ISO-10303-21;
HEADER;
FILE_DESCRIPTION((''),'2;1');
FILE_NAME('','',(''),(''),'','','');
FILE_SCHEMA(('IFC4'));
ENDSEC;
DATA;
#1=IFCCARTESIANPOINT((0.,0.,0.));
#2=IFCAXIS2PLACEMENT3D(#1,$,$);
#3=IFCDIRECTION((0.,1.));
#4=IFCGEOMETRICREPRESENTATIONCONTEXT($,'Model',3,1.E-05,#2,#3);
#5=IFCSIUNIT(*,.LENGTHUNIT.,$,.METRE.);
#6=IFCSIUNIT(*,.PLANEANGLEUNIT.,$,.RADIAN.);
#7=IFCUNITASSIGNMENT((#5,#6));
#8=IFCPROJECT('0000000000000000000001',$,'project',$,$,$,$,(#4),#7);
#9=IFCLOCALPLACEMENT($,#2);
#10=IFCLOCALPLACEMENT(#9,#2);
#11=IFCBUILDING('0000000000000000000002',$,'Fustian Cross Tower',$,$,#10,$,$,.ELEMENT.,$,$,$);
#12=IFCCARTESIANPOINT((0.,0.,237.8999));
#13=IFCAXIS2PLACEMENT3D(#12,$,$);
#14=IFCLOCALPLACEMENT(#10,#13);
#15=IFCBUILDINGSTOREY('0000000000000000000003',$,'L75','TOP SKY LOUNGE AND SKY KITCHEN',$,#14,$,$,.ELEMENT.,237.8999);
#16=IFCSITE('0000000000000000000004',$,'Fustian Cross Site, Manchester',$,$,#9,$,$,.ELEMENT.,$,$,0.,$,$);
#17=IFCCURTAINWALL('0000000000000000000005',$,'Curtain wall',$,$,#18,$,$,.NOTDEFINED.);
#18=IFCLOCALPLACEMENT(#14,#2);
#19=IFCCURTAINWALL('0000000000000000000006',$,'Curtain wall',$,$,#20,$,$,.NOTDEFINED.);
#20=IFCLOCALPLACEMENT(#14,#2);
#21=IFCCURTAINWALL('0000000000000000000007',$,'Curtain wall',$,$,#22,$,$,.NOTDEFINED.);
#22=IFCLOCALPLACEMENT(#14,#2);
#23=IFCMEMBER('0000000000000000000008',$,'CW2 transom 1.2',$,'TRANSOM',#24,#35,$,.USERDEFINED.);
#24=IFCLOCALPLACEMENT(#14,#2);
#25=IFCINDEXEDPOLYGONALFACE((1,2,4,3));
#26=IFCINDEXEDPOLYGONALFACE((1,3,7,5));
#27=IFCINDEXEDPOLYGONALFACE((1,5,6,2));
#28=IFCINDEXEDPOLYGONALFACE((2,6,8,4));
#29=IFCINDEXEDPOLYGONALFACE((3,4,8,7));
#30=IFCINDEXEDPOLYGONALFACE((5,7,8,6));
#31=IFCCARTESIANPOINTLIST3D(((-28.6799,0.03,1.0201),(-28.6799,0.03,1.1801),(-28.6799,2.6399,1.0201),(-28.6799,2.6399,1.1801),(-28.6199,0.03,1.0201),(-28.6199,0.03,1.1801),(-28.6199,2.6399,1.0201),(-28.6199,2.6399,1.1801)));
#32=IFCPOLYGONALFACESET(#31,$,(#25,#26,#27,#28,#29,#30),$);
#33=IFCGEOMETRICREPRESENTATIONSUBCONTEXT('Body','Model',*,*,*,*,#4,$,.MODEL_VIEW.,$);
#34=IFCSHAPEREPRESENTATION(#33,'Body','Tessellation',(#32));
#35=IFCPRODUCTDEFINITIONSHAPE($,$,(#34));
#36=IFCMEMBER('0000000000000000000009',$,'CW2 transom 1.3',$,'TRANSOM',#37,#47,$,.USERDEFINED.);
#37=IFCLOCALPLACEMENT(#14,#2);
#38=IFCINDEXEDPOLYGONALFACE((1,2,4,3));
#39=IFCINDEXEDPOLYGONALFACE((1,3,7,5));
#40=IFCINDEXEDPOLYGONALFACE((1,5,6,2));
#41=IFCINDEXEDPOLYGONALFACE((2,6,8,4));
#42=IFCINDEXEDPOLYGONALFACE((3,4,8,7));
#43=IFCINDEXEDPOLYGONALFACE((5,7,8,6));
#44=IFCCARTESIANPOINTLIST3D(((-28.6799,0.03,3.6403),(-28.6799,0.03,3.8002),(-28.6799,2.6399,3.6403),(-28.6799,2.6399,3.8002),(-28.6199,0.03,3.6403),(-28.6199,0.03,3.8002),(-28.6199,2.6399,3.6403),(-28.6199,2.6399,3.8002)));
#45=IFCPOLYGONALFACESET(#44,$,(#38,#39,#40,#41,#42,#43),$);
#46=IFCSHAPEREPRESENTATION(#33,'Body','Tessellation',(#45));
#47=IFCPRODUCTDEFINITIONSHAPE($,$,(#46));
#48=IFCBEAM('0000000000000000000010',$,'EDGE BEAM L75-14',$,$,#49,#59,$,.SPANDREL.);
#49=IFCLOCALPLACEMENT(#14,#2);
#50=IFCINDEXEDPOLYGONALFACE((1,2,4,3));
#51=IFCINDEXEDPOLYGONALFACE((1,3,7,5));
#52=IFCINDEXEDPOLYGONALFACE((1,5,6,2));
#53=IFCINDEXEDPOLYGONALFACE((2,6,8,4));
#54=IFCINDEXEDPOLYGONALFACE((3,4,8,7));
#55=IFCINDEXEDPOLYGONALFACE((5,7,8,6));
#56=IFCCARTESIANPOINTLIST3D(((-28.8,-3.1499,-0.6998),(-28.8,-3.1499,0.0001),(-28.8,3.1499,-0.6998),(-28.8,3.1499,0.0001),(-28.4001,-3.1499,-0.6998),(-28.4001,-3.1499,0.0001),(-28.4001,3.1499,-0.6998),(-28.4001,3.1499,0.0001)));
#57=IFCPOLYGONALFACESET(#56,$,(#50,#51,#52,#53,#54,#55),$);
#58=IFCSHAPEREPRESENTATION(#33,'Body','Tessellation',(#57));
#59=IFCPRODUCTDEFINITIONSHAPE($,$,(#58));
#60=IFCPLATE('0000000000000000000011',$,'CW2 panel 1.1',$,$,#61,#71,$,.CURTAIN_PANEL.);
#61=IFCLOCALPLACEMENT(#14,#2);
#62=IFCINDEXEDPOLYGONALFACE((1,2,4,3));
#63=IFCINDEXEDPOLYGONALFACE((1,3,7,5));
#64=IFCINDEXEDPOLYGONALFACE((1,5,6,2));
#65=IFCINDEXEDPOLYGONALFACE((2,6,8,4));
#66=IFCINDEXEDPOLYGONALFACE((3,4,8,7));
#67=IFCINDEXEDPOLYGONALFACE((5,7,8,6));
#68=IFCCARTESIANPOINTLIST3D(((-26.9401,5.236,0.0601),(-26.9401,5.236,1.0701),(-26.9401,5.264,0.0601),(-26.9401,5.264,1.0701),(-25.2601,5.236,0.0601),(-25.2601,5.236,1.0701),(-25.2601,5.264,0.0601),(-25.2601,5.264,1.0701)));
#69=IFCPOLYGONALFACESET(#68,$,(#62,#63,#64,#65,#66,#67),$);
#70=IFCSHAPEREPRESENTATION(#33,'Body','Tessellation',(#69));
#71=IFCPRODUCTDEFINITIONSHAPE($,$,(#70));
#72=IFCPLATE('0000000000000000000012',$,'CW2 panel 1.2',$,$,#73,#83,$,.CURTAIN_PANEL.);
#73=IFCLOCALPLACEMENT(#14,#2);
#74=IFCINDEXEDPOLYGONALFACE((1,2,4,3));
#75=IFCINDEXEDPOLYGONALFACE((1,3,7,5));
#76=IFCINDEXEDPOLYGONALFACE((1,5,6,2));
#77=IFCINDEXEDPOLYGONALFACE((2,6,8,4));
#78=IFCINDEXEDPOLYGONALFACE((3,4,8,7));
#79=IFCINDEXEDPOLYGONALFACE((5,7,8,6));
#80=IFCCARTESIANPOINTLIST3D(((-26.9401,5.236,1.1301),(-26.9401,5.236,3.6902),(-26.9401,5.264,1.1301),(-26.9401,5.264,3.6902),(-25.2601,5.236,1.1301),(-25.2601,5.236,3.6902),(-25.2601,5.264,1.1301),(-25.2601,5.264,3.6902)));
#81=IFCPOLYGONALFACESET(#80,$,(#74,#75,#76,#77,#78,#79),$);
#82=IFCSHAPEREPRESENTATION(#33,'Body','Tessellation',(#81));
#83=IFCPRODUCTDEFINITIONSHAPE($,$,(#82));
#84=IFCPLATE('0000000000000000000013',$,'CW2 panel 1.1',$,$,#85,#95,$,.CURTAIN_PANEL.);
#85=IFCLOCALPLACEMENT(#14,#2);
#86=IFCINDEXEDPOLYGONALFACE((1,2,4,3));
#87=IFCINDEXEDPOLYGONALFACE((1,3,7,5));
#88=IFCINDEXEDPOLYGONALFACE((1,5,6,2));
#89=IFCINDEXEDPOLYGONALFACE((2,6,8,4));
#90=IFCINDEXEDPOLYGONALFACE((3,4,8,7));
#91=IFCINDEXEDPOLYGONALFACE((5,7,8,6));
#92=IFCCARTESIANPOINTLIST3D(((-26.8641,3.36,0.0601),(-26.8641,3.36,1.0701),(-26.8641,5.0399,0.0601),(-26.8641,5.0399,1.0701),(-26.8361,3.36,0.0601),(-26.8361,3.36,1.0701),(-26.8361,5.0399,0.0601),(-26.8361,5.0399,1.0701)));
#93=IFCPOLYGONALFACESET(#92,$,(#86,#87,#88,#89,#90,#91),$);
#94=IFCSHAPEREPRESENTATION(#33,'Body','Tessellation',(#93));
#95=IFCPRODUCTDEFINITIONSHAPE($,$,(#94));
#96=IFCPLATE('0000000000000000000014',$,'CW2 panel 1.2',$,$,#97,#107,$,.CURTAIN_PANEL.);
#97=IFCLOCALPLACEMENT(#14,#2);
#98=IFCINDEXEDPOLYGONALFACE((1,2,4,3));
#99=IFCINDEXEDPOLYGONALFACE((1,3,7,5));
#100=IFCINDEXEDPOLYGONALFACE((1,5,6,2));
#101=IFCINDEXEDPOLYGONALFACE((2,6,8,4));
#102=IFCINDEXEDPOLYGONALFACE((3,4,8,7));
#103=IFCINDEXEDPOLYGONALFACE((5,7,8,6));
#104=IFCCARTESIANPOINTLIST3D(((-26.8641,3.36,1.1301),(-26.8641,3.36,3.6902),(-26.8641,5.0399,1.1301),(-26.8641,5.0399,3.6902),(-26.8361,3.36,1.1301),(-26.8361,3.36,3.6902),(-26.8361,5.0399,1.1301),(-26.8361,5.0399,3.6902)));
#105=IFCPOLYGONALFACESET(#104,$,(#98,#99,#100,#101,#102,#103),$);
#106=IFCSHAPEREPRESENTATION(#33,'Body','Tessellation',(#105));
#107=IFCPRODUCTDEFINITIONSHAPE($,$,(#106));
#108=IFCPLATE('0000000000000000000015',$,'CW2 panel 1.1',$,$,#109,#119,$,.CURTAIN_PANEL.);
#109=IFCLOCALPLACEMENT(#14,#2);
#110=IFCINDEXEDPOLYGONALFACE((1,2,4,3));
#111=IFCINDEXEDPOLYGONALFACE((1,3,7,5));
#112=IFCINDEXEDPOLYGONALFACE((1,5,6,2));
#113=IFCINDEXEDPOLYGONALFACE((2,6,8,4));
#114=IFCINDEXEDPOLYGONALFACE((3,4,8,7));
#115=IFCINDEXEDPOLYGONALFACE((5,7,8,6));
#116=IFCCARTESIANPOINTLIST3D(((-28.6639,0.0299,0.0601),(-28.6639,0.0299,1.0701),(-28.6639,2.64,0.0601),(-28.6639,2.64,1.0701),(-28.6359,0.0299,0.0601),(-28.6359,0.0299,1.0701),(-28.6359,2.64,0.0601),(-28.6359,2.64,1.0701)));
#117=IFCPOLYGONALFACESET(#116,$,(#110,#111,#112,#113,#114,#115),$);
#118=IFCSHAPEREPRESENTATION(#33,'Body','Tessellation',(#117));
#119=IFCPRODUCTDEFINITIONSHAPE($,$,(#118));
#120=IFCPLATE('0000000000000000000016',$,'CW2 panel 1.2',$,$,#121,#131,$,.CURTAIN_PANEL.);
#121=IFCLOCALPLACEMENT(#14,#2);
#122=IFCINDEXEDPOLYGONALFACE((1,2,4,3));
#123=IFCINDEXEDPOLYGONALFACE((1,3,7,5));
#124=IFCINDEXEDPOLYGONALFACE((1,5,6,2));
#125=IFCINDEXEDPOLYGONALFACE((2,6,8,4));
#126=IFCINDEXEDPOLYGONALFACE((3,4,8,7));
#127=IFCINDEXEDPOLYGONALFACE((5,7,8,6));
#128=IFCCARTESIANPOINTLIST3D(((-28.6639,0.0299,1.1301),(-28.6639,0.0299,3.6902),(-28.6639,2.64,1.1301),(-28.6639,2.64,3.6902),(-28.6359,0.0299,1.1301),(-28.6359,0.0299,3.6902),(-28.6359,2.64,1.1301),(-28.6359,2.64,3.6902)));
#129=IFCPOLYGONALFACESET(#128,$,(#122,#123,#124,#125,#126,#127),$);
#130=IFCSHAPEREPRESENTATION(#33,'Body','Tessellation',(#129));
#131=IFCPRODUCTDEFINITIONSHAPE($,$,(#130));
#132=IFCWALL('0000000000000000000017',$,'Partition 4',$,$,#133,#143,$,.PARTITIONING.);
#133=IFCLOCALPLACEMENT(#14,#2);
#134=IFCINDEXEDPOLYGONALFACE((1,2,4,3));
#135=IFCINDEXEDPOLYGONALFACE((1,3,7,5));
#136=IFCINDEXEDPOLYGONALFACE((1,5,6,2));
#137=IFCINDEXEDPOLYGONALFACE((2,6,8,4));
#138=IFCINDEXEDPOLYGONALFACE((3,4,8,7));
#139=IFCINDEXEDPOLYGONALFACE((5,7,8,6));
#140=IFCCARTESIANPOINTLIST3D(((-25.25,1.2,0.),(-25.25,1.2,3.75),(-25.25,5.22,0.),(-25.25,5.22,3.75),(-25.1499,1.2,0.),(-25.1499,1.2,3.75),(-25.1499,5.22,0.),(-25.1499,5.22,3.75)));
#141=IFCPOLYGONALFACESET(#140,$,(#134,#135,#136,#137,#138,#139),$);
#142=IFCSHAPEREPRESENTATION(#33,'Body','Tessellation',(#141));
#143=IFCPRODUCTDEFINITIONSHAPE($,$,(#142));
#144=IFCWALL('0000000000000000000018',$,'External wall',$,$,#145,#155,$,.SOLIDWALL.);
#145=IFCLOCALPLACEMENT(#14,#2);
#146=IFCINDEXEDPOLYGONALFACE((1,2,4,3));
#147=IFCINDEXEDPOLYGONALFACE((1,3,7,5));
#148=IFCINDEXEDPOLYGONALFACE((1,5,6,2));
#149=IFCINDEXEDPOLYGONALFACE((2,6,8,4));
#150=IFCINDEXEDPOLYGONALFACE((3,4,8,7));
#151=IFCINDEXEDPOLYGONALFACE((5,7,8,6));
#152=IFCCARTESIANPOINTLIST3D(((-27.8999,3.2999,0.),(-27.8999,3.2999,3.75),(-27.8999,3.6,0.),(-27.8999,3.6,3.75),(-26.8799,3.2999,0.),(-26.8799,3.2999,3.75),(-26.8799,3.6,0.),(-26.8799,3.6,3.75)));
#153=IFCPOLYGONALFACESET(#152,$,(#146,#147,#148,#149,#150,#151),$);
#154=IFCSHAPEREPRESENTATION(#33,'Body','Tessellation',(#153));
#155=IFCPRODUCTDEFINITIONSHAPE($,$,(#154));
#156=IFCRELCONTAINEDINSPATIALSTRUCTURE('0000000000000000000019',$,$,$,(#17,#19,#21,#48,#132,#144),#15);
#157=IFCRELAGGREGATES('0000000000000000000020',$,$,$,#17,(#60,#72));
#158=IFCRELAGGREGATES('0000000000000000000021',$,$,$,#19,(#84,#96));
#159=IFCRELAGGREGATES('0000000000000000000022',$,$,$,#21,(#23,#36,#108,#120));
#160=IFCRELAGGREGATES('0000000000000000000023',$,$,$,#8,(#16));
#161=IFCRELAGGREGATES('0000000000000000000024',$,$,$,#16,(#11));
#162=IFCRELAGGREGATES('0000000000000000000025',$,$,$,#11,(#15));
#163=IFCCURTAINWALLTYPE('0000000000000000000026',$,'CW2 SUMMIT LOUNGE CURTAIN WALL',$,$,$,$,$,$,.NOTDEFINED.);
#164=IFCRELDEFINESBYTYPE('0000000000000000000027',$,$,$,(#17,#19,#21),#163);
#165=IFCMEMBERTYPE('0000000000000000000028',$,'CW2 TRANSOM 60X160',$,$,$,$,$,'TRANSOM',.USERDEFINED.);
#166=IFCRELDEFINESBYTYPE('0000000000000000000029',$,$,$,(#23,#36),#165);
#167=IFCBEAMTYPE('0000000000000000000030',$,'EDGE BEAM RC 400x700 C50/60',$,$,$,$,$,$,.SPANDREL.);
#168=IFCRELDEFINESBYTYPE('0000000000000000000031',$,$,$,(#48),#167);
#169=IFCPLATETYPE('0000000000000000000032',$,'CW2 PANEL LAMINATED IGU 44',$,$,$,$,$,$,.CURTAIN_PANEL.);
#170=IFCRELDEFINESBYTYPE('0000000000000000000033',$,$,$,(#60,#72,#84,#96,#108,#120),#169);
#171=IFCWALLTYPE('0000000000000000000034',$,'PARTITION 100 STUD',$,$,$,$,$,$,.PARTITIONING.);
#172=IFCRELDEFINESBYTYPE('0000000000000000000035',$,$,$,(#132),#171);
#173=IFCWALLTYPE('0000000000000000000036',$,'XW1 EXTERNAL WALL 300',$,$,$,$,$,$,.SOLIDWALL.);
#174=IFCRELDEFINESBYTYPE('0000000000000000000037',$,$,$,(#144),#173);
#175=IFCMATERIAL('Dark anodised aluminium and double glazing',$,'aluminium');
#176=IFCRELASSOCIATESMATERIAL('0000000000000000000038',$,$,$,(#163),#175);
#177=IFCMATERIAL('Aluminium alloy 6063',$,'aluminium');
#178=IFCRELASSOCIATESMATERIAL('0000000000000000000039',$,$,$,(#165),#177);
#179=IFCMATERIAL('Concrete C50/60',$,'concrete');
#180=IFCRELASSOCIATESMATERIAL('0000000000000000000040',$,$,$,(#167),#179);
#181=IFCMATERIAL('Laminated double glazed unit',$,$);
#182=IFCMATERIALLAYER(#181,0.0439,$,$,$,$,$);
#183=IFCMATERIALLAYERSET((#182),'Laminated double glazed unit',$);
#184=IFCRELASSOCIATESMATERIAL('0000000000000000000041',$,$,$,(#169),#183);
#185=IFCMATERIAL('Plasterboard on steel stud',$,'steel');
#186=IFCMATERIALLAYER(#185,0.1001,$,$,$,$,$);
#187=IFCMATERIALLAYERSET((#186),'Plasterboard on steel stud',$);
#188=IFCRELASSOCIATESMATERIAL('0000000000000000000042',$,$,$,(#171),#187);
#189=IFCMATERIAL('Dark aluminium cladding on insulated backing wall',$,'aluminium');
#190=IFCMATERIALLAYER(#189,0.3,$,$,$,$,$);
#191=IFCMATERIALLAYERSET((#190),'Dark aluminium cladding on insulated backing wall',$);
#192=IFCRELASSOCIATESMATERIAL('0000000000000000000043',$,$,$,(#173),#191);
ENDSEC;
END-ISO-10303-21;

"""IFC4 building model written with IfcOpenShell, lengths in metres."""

from ifc_helpers import new_model, si_unit, direction, frame, frame_2d, origin, origin_2d, place, context, subcontext, project, spatial, rectangle, extrude, material, layer, layer_set, material_profile, profile_set, type_object, element, aggregate, save


model = new_model("IFC4")

# Units and contexts
model_context = context("Model", 3, precision=1e-05, world=origin(), true_north=direction((0.0, 1.0)))
body_context = subcontext(model_context, "Body", "Model", "MODEL_VIEW")
ifc_project = project(units=[si_unit("LENGTHUNIT", "METRE"), si_unit("PLANEANGLEUNIT", "RADIAN")], contexts=[model_context])

# Site, building, storey
site_placement = place(None, origin())
site = spatial("IfcSite", under=ifc_project, at=site_placement, Name="Fustian Cross Site, Manchester", CompositionType="ELEMENT", RefElevation=0.0)
building_placement = place(site_placement, origin())
building = spatial("IfcBuilding", under=site, at=building_placement, Name="Fustian Cross Tower", CompositionType="ELEMENT")
storey_placement = place(building_placement, frame((0.0, 0.0, 237.8999)))
storey = spatial("IfcBuildingStorey", under=building, at=storey_placement, Name="L75", Description="TOP SKY LOUNGE AND SKY KITCHEN", CompositionType="ELEMENT", Elevation=237.8999)

# Curtain walls
ifc_material_1 = material(Name="Dark anodised aluminium and double glazing", Category="aluminium")
curtain_wall_type = type_object("IfcCurtainWallType", Name="CW2 SUMMIT LOUNGE CURTAIN WALL", PredefinedType="NOTDEFINED", material=ifc_material_1)
curtain_wall_1_placement = place(storey_placement, origin())
curtain_wall_1 = element("IfcCurtainWall", 1, at=curtain_wall_1_placement, inside=storey, type_object=curtain_wall_type, Name="Curtain wall", PredefinedType="NOTDEFINED")
curtain_wall_2_placement = place(storey_placement, origin())
curtain_wall_2 = element("IfcCurtainWall", 2, at=curtain_wall_2_placement, inside=storey, type_object=curtain_wall_type, Name="Curtain wall", PredefinedType="NOTDEFINED")
curtain_wall_3_placement = place(storey_placement, origin())
curtain_wall_3 = element("IfcCurtainWall", 3, at=curtain_wall_3_placement, inside=storey, type_object=curtain_wall_type, Name="Curtain wall", PredefinedType="NOTDEFINED")

# Members
ifc_material_2 = material(Name="Aluminium alloy 6063", Category="aluminium")
ifc_material_profile_1 = material_profile(ifc_material_2, rectangle(XDim=0.0601, YDim=0.1599, at=origin_2d()), Name="CW2 TRANSOM 60X160")
ifc_profile_set_1 = profile_set([ifc_material_profile_1], Name="Aluminium alloy 6063")
member_type_1 = type_object("IfcMemberType", Name="CW2 TRANSOM 60X160", ElementType="TRANSOM", PredefinedType="USERDEFINED", material=ifc_profile_set_1)
member_1_placement = place(storey_placement, frame((-28.6499, 2.6399, 1.1001), z_axis=(0.0, -1.0, 0.0), x_axis=(1.0, 0.0, 0.0)))
member_1 = element("IfcMember", 4, at=member_1_placement, type_object=member_type_1, Name="CW2 transom 1.2", ObjectType="TRANSOM", PredefinedType="USERDEFINED", context=body_context, shape_type="SweptSolid", body=[
    extrude(rectangle(XDim=0.0601, YDim=0.1599, at=origin_2d()), origin(), (0.0, 0.0, 1.0), 2.6099),
])
member_2_placement = place(storey_placement, frame((-28.6499, 2.6399, 3.7202), z_axis=(0.0, -1.0, 0.0), x_axis=(1.0, 0.0, 0.0)))
member_2 = element("IfcMember", 5, at=member_2_placement, type_object=member_type_1, Name="CW2 transom 1.3", ObjectType="TRANSOM", PredefinedType="USERDEFINED", context=body_context, shape_type="SweptSolid", body=[
    extrude(rectangle(XDim=0.0601, YDim=0.1599, at=origin_2d()), origin(), (0.0, 0.0, 1.0), 2.6099),
])

# Beam
ifc_material_3 = material(Name="Concrete C50/60", Category="concrete")
ifc_material_profile_2 = material_profile(ifc_material_3, rectangle(XDim=0.3999, YDim=0.7, at=origin_2d()), Name="RC 400x700")
ifc_profile_set_2 = profile_set([ifc_material_profile_2], Name="Concrete C50/60")
beam_type = type_object("IfcBeamType", Name="EDGE BEAM RC 400x700 C50/60", PredefinedType="SPANDREL", material=ifc_profile_set_2)
beam_placement = place(storey_placement, frame((-28.6001, 3.1499, -0.3499), z_axis=(0.0, -1.0, 0.0), x_axis=(1.0, 0.0, 0.0)))
element("IfcBeam", 6, at=beam_placement, inside=storey, type_object=beam_type, Name="EDGE BEAM L75-14", PredefinedType="SPANDREL", context=body_context, shape_type="SweptSolid", body=[
    extrude(rectangle(XDim=0.3999, YDim=0.7, at=origin_2d()), origin(), (0.0, 0.0, 1.0), 6.2998),
])

# Plates
ifc_material_4 = material(Name="Laminated double glazed unit")
ifc_layer_1 = layer(ifc_material_4, 0.0439)
ifc_layer_set_1 = layer_set([ifc_layer_1], Name="Laminated double glazed unit")
plate_type = type_object("IfcPlateType", Name="CW2 PANEL LAMINATED IGU 44", PredefinedType="CURTAIN_PANEL", material=ifc_layer_set_1)
plate_1_placement = place(storey_placement, frame((-26.1001, 5.25, 0.0601), z_axis=(0.0, 0.0, 1.0), x_axis=(-1.0, 0.0, 0.0)))
plate_1 = element("IfcPlate", 7, at=plate_1_placement, type_object=plate_type, Name="CW2 panel 1.1", PredefinedType="CURTAIN_PANEL", context=body_context, shape_type="SweptSolid", body=[
    extrude(rectangle(XDim=1.6799, YDim=0.0281, at=origin_2d()), origin(), (0.0, 0.0, 1.0), 1.01),
])
plate_2_placement = place(storey_placement, frame((-26.1001, 5.25, 1.1301), z_axis=(0.0, 0.0, 1.0), x_axis=(-1.0, 0.0, 0.0)))
plate_2 = element("IfcPlate", 8, at=plate_2_placement, type_object=plate_type, Name="CW2 panel 1.2", PredefinedType="CURTAIN_PANEL", context=body_context, shape_type="SweptSolid", body=[
    extrude(rectangle(XDim=1.6799, YDim=0.0281, at=origin_2d()), origin(), (0.0, 0.0, 1.0), 2.5601),
])
aggregate(curtain_wall_1, [plate_1, plate_2])
plate_3_placement = place(storey_placement, frame((-26.8501, 4.2, 0.0601), z_axis=(0.0, 0.0, 1.0), x_axis=(0.0, -1.0, 0.0)))
plate_3 = element("IfcPlate", 9, at=plate_3_placement, type_object=plate_type, Name="CW2 panel 1.1", PredefinedType="CURTAIN_PANEL", context=body_context, shape_type="SweptSolid", body=[
    extrude(rectangle(XDim=1.6799, YDim=0.0281, at=origin_2d()), origin(), (0.0, 0.0, 1.0), 1.01),
])
plate_4_placement = place(storey_placement, frame((-26.8501, 4.2, 1.1301), z_axis=(0.0, 0.0, 1.0), x_axis=(0.0, -1.0, 0.0)))
plate_4 = element("IfcPlate", 10, at=plate_4_placement, type_object=plate_type, Name="CW2 panel 1.2", PredefinedType="CURTAIN_PANEL", context=body_context, shape_type="SweptSolid", body=[
    extrude(rectangle(XDim=1.6799, YDim=0.0281, at=origin_2d()), origin(), (0.0, 0.0, 1.0), 2.5601),
])
aggregate(curtain_wall_2, [plate_3, plate_4])
plate_5_placement = place(storey_placement, frame((-28.6499, 1.335, 0.0601), z_axis=(0.0, 0.0, 1.0), x_axis=(0.0, -1.0, 0.0)))
plate_5 = element("IfcPlate", 11, at=plate_5_placement, type_object=plate_type, Name="CW2 panel 1.1", PredefinedType="CURTAIN_PANEL", context=body_context, shape_type="SweptSolid", body=[
    extrude(rectangle(XDim=2.6101, YDim=0.0281, at=origin_2d()), origin(), (0.0, 0.0, 1.0), 1.01),
])
plate_6_placement = place(storey_placement, frame((-28.6499, 1.335, 1.1301), z_axis=(0.0, 0.0, 1.0), x_axis=(0.0, -1.0, 0.0)))
plate_6 = element("IfcPlate", 12, at=plate_6_placement, type_object=plate_type, Name="CW2 panel 1.2", PredefinedType="CURTAIN_PANEL", context=body_context, shape_type="SweptSolid", body=[
    extrude(rectangle(XDim=2.6101, YDim=0.0281, at=origin_2d()), origin(), (0.0, 0.0, 1.0), 2.5601),
])
aggregate(curtain_wall_3, [member_1, member_2, plate_5, plate_6])

# Walls
ifc_material_5 = material(Name="Plasterboard on steel stud", Category="steel")
ifc_layer_2 = layer(ifc_material_5, 0.1001)
ifc_layer_set_2 = layer_set([ifc_layer_2], Name="Plasterboard on steel stud")
wall_type_1 = type_object("IfcWallType", Name="PARTITION 100 STUD", PredefinedType="PARTITIONING", material=ifc_layer_set_2)
wall_1_placement = place(storey_placement, frame((-25.2, 1.2, 0.0), z_axis=(0.0, 0.0, 1.0), x_axis=(0.0, 1.0, 0.0)))
element("IfcWall", 13, at=wall_1_placement, inside=storey, type_object=wall_type_1, Name="Partition 4", PredefinedType="PARTITIONING", context=body_context, shape_type="SweptSolid", body=[
    extrude(rectangle(XDim=4.02, YDim=0.1001, at=frame_2d((2.01, 0.0))), origin(), (0.0, 0.0, 1.0), 3.75),
])
ifc_material_6 = material(Name="Dark aluminium cladding on insulated backing wall", Category="aluminium")
ifc_layer_3 = layer(ifc_material_6, 0.3)
ifc_layer_set_3 = layer_set([ifc_layer_3], Name="Dark aluminium cladding on insulated backing wall")
wall_type_2 = type_object("IfcWallType", Name="XW1 EXTERNAL WALL 300", PredefinedType="SOLIDWALL", material=ifc_layer_set_3)
wall_2_placement = place(storey_placement, frame((-26.8799, 3.45, 0.0), z_axis=(0.0, 0.0, 1.0), x_axis=(-1.0, 0.0, 0.0)))
element("IfcWall", 14, at=wall_2_placement, inside=storey, type_object=wall_type_2, Name="External wall", PredefinedType="SOLIDWALL", context=body_context, shape_type="SweptSolid", body=[
    extrude(rectangle(XDim=1.02, YDim=0.3, at=frame_2d((0.51, 0.0))), origin(), (0.0, 0.0, 1.0), 3.75),
])

save(model, "model.ifc")
